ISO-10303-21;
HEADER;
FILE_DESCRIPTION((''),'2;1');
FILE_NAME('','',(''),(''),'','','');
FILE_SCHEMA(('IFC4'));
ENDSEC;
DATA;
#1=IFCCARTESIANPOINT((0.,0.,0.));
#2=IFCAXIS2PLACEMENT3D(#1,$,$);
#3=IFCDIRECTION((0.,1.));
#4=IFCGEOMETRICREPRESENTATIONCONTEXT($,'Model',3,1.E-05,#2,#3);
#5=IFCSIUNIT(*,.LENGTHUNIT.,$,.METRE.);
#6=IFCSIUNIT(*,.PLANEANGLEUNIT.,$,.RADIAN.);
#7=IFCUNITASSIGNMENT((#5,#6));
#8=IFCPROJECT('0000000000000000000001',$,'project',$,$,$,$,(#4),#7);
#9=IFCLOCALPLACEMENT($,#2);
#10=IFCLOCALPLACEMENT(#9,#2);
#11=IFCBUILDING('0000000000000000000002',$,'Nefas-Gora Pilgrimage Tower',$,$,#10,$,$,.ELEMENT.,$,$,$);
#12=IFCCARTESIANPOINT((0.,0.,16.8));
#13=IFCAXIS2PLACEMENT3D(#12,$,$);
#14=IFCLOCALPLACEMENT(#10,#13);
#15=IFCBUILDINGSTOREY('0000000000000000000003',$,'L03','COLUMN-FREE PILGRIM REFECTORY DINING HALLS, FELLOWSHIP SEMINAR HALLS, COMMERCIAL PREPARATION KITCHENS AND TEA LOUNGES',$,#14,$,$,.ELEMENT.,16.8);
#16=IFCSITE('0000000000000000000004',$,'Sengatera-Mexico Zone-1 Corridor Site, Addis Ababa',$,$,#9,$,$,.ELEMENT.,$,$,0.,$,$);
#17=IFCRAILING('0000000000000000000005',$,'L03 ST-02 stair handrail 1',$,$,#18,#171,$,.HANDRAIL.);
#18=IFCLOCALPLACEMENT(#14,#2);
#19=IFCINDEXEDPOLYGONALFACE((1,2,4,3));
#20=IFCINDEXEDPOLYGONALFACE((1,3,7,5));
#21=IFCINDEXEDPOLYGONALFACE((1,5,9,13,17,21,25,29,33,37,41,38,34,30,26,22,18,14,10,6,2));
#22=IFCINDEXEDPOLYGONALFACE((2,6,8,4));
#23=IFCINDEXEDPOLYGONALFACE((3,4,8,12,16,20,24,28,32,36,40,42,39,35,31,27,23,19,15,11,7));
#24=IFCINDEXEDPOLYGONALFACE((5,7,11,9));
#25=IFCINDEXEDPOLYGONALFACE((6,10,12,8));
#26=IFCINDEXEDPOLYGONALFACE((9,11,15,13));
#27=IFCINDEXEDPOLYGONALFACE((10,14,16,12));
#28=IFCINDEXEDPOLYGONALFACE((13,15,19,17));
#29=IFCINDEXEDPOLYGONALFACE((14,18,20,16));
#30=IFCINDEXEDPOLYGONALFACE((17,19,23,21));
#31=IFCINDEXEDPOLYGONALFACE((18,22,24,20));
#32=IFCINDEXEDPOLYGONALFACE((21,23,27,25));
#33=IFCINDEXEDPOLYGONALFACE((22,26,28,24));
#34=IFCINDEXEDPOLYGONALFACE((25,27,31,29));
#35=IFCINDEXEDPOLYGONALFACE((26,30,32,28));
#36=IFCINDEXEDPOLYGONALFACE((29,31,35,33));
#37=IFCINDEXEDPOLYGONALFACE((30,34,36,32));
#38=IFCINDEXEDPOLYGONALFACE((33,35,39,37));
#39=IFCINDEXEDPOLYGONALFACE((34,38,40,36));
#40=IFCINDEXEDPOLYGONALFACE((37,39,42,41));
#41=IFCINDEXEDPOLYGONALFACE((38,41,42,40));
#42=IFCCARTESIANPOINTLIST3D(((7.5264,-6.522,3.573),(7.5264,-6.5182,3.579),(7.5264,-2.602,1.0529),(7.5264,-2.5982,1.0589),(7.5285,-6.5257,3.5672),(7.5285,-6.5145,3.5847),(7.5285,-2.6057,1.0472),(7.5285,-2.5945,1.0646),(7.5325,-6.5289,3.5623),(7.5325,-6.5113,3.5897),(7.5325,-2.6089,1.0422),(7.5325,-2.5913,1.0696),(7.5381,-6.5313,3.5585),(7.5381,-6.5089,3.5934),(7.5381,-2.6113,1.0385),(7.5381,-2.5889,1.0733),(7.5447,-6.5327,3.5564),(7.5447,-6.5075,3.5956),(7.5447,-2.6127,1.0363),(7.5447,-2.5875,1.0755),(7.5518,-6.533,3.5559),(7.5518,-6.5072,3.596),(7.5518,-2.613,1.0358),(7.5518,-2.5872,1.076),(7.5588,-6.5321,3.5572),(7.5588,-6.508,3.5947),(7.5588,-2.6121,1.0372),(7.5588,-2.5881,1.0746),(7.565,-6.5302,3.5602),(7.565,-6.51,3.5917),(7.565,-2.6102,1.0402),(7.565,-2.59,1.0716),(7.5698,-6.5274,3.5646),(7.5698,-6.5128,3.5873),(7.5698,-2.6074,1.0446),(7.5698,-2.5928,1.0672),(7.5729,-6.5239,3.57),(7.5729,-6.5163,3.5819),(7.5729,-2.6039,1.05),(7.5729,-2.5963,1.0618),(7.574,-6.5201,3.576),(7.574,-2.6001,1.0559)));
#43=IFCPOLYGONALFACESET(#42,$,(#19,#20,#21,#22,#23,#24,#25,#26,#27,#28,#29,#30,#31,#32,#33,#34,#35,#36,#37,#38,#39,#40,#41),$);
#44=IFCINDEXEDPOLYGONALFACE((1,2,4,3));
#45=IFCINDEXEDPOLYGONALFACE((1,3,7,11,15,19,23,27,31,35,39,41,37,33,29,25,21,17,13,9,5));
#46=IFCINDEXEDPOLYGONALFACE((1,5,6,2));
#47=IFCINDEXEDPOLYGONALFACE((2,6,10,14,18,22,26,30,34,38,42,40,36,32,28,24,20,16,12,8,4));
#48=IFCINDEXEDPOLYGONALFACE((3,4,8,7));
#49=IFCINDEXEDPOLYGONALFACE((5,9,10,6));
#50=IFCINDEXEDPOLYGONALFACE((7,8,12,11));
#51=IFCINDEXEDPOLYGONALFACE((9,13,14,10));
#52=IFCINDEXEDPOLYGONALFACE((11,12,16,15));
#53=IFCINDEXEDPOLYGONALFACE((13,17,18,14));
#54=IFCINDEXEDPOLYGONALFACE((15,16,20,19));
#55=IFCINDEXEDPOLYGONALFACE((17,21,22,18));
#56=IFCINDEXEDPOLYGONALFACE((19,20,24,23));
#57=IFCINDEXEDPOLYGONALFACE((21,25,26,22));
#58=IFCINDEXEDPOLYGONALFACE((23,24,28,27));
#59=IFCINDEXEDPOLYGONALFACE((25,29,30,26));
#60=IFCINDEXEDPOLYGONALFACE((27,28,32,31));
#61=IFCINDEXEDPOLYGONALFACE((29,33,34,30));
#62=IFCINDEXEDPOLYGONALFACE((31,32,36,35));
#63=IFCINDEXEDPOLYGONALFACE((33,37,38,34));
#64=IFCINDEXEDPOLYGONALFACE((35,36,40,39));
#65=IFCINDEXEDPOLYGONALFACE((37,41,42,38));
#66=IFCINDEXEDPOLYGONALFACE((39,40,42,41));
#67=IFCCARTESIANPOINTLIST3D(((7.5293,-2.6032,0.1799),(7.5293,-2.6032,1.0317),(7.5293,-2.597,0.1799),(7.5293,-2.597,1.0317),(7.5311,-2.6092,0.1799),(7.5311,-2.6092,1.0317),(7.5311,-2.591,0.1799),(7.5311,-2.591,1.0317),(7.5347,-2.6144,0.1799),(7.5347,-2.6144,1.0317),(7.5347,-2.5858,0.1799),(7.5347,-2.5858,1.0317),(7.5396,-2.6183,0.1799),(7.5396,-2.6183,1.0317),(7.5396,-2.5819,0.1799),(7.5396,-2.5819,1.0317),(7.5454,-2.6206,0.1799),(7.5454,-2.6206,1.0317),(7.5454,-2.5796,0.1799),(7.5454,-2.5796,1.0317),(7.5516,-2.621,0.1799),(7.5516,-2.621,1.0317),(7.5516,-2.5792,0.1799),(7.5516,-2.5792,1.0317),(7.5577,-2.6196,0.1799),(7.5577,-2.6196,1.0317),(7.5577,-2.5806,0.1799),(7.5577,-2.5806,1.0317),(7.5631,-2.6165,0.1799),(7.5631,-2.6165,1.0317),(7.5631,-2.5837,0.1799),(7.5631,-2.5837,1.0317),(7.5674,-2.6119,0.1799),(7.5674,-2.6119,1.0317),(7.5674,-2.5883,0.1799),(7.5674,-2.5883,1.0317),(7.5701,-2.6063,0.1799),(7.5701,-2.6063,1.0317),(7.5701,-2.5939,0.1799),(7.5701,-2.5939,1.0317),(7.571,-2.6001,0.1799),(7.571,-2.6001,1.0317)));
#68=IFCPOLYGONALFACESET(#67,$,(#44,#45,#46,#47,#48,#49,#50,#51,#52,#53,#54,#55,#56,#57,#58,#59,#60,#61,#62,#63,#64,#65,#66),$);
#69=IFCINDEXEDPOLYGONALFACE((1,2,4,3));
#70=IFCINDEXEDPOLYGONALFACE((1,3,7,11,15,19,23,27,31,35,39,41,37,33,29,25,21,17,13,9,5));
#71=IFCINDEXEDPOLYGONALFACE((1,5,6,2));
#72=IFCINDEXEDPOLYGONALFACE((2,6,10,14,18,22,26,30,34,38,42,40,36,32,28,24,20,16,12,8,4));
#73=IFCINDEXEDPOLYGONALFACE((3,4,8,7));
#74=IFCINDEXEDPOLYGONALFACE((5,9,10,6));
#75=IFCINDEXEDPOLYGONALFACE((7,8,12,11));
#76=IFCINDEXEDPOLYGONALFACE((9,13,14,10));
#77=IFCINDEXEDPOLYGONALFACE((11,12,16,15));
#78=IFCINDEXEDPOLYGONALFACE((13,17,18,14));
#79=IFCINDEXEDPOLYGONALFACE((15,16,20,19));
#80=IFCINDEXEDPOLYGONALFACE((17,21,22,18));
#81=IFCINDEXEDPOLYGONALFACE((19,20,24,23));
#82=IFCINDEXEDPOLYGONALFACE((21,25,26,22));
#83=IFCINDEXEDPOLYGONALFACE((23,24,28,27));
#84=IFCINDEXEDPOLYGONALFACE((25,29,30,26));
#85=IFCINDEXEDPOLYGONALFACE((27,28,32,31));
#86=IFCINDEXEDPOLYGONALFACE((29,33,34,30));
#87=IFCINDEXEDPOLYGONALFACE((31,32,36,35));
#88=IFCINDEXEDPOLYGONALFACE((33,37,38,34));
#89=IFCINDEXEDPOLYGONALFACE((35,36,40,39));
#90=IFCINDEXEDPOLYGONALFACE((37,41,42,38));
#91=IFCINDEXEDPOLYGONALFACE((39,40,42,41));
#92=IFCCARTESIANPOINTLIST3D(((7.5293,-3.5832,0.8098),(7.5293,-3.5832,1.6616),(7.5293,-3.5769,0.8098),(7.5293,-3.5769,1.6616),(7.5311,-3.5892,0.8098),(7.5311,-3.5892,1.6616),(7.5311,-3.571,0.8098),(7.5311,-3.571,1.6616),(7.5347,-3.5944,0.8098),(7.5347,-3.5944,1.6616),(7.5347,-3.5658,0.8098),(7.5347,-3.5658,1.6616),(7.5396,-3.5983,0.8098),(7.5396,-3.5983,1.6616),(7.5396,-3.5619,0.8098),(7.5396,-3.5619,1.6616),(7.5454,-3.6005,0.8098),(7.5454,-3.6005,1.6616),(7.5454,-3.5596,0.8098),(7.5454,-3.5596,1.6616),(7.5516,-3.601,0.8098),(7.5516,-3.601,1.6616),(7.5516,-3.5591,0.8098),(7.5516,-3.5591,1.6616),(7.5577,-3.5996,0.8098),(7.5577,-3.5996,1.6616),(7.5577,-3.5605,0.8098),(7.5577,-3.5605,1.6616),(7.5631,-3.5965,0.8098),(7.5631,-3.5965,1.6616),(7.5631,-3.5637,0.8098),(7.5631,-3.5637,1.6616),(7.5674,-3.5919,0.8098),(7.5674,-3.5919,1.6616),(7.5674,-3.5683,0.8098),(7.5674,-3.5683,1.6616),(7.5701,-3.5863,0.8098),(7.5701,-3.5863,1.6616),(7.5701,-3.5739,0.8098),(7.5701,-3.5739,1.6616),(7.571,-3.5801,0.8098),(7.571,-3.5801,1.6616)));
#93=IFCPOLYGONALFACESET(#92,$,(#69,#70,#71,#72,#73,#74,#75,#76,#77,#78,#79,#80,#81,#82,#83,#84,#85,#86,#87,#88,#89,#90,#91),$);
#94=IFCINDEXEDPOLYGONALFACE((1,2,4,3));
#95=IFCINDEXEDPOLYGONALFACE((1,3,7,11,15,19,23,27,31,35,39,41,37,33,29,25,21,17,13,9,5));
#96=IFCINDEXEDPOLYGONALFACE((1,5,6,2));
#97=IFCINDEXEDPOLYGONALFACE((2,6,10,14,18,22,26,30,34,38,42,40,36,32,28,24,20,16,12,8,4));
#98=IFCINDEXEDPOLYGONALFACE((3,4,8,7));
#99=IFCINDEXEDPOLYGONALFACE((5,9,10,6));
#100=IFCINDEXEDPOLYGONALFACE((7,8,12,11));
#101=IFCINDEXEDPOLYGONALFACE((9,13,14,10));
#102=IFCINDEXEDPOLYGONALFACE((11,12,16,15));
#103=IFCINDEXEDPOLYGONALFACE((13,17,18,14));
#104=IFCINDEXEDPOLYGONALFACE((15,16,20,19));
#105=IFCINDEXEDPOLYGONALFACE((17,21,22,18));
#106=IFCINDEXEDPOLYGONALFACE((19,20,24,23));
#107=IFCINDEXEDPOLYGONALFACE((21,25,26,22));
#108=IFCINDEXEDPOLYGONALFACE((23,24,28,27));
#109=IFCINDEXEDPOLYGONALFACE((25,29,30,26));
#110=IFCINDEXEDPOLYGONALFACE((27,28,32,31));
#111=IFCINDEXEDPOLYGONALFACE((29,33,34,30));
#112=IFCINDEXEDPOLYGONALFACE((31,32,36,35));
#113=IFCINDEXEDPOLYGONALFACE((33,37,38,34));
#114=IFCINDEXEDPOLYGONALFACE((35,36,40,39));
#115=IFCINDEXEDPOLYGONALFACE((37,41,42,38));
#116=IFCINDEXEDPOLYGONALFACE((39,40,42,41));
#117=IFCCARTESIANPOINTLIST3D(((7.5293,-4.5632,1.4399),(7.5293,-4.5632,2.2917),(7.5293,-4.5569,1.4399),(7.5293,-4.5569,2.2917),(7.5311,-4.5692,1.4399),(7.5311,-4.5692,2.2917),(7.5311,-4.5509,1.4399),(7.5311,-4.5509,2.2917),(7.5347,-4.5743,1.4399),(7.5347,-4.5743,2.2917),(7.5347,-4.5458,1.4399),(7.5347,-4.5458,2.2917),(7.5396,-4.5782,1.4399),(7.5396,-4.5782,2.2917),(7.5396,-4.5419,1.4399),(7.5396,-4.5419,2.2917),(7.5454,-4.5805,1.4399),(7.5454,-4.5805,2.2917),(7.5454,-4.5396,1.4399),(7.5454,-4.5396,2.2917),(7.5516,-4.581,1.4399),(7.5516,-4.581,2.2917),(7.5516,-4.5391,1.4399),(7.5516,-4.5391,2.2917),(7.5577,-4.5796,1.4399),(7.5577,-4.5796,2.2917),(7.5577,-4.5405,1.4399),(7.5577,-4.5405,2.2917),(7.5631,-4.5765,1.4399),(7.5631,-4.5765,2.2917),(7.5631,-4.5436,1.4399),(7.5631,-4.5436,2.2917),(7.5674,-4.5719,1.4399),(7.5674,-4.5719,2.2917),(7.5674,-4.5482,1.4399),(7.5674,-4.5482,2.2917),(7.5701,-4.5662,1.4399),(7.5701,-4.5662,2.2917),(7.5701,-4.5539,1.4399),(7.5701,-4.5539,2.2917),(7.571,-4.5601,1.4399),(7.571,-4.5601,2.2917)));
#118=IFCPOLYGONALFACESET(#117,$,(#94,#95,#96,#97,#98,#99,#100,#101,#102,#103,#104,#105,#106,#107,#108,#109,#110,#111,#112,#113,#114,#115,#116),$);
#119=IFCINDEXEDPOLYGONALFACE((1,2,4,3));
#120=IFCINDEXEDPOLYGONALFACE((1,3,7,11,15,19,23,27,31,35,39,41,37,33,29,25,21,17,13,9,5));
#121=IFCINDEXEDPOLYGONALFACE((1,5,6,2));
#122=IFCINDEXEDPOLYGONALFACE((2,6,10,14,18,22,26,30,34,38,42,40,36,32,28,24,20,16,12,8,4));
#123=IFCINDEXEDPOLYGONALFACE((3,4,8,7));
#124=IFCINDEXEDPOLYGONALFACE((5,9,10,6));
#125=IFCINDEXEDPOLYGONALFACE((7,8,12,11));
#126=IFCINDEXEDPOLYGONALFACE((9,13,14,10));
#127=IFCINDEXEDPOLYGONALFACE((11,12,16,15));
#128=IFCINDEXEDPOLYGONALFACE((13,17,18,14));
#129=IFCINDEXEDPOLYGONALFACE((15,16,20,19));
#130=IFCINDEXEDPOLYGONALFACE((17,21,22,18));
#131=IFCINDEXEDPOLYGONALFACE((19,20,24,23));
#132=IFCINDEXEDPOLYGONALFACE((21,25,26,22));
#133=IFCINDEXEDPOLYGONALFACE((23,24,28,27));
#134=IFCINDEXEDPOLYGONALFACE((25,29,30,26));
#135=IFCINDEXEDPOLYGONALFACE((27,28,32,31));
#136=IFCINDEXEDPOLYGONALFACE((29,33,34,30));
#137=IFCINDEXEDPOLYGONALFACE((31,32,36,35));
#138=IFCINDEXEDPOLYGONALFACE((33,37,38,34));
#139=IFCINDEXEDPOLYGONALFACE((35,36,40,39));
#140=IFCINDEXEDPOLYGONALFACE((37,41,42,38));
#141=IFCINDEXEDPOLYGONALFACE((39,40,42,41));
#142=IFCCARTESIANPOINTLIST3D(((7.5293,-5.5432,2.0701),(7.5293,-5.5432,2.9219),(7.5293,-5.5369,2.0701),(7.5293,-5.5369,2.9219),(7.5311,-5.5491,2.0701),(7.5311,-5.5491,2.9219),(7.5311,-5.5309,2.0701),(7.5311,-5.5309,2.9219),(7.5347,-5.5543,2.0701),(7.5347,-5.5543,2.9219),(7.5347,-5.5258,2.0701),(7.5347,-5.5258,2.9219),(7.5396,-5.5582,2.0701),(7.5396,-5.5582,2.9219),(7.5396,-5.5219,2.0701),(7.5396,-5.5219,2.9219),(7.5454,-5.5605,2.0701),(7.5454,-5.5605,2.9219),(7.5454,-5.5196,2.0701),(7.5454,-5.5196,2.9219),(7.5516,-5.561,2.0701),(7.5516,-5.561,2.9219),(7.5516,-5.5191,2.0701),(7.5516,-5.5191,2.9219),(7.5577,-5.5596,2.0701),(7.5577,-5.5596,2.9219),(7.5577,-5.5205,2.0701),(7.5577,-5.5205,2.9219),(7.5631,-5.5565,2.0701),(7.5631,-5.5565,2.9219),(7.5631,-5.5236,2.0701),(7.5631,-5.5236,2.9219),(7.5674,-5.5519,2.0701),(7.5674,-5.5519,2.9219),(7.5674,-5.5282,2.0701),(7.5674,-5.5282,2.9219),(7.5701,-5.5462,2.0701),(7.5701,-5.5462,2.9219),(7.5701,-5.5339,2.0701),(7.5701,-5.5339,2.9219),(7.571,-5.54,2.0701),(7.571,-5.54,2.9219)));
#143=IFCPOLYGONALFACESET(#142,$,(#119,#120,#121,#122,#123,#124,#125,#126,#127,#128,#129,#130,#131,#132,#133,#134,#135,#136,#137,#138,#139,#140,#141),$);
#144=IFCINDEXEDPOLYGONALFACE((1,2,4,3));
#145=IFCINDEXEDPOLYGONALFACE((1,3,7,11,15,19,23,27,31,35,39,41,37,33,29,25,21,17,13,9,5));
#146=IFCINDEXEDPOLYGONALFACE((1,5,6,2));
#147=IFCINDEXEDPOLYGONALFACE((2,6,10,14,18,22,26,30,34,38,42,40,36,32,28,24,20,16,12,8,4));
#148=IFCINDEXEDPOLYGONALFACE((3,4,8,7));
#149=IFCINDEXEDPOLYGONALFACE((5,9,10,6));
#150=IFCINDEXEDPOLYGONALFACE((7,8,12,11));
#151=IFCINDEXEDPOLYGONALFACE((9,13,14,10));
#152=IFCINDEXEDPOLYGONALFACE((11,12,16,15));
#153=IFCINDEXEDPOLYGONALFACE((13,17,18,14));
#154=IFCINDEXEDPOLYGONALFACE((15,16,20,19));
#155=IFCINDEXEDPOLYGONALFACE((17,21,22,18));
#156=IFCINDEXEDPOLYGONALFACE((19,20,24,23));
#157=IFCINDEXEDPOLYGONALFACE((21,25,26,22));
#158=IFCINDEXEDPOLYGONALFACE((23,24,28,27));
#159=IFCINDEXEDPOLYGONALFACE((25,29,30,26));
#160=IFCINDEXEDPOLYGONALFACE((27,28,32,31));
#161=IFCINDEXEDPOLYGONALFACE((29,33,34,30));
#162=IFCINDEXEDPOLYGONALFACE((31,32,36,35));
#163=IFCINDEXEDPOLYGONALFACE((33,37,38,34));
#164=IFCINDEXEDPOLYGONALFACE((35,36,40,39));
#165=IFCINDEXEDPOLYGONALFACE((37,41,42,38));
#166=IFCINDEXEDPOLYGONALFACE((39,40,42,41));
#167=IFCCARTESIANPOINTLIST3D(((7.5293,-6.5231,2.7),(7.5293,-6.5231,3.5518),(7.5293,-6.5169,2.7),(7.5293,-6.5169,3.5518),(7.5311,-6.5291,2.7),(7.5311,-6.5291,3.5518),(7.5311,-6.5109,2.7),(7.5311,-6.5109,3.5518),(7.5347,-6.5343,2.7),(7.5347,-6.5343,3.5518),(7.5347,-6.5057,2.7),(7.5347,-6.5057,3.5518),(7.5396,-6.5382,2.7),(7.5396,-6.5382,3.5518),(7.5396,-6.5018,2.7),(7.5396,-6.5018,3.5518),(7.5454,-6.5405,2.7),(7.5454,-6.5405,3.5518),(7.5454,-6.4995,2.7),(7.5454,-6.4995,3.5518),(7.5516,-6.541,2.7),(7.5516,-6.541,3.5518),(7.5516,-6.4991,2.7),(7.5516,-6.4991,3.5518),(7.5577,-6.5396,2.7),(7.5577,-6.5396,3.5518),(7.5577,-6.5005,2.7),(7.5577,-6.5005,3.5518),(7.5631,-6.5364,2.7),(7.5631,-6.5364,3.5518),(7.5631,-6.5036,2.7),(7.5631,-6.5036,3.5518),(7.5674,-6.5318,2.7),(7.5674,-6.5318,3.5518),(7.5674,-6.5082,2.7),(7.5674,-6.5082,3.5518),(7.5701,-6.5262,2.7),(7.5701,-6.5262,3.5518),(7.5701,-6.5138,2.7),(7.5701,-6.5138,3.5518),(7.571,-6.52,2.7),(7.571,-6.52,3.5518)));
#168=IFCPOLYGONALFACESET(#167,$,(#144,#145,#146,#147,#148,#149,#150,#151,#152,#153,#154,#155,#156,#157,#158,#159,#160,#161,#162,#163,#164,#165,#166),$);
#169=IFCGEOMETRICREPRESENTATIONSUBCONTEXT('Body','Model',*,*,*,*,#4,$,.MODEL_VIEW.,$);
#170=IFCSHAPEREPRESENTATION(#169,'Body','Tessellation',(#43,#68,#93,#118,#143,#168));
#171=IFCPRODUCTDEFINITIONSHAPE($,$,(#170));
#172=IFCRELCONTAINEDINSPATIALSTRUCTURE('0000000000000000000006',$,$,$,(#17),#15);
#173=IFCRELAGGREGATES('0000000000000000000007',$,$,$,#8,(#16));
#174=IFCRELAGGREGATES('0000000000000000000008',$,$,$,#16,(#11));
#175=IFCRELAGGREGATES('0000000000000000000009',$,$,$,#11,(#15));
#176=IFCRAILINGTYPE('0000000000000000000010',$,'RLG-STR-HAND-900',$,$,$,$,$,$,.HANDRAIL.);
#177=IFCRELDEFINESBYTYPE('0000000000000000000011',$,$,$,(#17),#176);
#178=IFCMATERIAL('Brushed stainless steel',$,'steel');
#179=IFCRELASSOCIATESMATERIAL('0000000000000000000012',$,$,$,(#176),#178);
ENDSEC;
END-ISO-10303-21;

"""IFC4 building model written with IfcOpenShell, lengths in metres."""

from ifc_helpers import new_model, si_unit, direction, frame, origin, origin_2d, place, context, subcontext, project, spatial, circle, extrude, material, type_object, element, save


model = new_model("IFC4")

# Units and contexts
model_context = context("Model", 3, precision=1e-05, world=origin(), true_north=direction((0.0, 1.0)))
body_context = subcontext(model_context, "Body", "Model", "MODEL_VIEW")
ifc_project = project(units=[si_unit("LENGTHUNIT", "METRE"), si_unit("PLANEANGLEUNIT", "RADIAN")], contexts=[model_context])

# Site, building, storey
site_placement = place(None, origin())
site = spatial("IfcSite", under=ifc_project, at=site_placement, Name="Sengatera-Mexico Zone-1 Corridor Site, Addis Ababa", CompositionType="ELEMENT", RefElevation=0.0)
building_placement = place(site_placement, origin())
building = spatial("IfcBuilding", under=site, at=building_placement, Name="Nefas-Gora Pilgrimage Tower", CompositionType="ELEMENT")
storey_placement = place(building_placement, frame((0.0, 0.0, 16.8)))
storey = spatial("IfcBuildingStorey", under=building, at=storey_placement, Name="L03", Description="COLUMN-FREE PILGRIM REFECTORY DINING HALLS, FELLOWSHIP SEMINAR HALLS, COMMERCIAL PREPARATION KITCHENS AND TEA LOUNGES", CompositionType="ELEMENT", Elevation=16.8)

# Railing
ifc_material_1 = material(Name="Brushed stainless steel", Category="steel")
railing_type_1 = type_object("IfcRailingType", Name="RLG-STR-HAND-900", PredefinedType="HANDRAIL", material=ifc_material_1)
railing_1_placement = place(storey_placement, frame((7.55, -2.6001, 0.1799)))
element("IfcRailing", 1, at=railing_1_placement, inside=storey, type_object=railing_type_1, Name="L03 ST-02 stair handrail 1", PredefinedType="HANDRAIL", context=body_context, shape_type="SweptSolid", body=[
    extrude(circle(Radius=0.0239, at=origin_2d()), frame((0.0, 0.0, 0.876), z_axis=(0.0, -0.841172, 0.540768), x_axis=(1.0, 0.0, 0.0)), (0.0, 0.0, 1.0), 4.6602),
    extrude(circle(Radius=0.021, at=origin_2d()), origin(), (0.0, 0.0, 1.0), 0.8518),
    extrude(circle(Radius=0.021, at=origin_2d()), frame((0.0, -0.98, 0.6299)), (0.0, 0.0, 1.0), 0.8518),
    extrude(circle(Radius=0.021, at=origin_2d()), frame((0.0, -1.96, 1.26)), (0.0, 0.0, 1.0), 0.8518),
    extrude(circle(Radius=0.021, at=origin_2d()), frame((0.0, -2.9399, 1.8901)), (0.0, 0.0, 1.0), 0.8518),
    extrude(circle(Radius=0.021, at=origin_2d()), frame((0.0, -3.9199, 2.52)), (0.0, 0.0, 1.0), 0.8518),
])

save(model, "model.ifc")
